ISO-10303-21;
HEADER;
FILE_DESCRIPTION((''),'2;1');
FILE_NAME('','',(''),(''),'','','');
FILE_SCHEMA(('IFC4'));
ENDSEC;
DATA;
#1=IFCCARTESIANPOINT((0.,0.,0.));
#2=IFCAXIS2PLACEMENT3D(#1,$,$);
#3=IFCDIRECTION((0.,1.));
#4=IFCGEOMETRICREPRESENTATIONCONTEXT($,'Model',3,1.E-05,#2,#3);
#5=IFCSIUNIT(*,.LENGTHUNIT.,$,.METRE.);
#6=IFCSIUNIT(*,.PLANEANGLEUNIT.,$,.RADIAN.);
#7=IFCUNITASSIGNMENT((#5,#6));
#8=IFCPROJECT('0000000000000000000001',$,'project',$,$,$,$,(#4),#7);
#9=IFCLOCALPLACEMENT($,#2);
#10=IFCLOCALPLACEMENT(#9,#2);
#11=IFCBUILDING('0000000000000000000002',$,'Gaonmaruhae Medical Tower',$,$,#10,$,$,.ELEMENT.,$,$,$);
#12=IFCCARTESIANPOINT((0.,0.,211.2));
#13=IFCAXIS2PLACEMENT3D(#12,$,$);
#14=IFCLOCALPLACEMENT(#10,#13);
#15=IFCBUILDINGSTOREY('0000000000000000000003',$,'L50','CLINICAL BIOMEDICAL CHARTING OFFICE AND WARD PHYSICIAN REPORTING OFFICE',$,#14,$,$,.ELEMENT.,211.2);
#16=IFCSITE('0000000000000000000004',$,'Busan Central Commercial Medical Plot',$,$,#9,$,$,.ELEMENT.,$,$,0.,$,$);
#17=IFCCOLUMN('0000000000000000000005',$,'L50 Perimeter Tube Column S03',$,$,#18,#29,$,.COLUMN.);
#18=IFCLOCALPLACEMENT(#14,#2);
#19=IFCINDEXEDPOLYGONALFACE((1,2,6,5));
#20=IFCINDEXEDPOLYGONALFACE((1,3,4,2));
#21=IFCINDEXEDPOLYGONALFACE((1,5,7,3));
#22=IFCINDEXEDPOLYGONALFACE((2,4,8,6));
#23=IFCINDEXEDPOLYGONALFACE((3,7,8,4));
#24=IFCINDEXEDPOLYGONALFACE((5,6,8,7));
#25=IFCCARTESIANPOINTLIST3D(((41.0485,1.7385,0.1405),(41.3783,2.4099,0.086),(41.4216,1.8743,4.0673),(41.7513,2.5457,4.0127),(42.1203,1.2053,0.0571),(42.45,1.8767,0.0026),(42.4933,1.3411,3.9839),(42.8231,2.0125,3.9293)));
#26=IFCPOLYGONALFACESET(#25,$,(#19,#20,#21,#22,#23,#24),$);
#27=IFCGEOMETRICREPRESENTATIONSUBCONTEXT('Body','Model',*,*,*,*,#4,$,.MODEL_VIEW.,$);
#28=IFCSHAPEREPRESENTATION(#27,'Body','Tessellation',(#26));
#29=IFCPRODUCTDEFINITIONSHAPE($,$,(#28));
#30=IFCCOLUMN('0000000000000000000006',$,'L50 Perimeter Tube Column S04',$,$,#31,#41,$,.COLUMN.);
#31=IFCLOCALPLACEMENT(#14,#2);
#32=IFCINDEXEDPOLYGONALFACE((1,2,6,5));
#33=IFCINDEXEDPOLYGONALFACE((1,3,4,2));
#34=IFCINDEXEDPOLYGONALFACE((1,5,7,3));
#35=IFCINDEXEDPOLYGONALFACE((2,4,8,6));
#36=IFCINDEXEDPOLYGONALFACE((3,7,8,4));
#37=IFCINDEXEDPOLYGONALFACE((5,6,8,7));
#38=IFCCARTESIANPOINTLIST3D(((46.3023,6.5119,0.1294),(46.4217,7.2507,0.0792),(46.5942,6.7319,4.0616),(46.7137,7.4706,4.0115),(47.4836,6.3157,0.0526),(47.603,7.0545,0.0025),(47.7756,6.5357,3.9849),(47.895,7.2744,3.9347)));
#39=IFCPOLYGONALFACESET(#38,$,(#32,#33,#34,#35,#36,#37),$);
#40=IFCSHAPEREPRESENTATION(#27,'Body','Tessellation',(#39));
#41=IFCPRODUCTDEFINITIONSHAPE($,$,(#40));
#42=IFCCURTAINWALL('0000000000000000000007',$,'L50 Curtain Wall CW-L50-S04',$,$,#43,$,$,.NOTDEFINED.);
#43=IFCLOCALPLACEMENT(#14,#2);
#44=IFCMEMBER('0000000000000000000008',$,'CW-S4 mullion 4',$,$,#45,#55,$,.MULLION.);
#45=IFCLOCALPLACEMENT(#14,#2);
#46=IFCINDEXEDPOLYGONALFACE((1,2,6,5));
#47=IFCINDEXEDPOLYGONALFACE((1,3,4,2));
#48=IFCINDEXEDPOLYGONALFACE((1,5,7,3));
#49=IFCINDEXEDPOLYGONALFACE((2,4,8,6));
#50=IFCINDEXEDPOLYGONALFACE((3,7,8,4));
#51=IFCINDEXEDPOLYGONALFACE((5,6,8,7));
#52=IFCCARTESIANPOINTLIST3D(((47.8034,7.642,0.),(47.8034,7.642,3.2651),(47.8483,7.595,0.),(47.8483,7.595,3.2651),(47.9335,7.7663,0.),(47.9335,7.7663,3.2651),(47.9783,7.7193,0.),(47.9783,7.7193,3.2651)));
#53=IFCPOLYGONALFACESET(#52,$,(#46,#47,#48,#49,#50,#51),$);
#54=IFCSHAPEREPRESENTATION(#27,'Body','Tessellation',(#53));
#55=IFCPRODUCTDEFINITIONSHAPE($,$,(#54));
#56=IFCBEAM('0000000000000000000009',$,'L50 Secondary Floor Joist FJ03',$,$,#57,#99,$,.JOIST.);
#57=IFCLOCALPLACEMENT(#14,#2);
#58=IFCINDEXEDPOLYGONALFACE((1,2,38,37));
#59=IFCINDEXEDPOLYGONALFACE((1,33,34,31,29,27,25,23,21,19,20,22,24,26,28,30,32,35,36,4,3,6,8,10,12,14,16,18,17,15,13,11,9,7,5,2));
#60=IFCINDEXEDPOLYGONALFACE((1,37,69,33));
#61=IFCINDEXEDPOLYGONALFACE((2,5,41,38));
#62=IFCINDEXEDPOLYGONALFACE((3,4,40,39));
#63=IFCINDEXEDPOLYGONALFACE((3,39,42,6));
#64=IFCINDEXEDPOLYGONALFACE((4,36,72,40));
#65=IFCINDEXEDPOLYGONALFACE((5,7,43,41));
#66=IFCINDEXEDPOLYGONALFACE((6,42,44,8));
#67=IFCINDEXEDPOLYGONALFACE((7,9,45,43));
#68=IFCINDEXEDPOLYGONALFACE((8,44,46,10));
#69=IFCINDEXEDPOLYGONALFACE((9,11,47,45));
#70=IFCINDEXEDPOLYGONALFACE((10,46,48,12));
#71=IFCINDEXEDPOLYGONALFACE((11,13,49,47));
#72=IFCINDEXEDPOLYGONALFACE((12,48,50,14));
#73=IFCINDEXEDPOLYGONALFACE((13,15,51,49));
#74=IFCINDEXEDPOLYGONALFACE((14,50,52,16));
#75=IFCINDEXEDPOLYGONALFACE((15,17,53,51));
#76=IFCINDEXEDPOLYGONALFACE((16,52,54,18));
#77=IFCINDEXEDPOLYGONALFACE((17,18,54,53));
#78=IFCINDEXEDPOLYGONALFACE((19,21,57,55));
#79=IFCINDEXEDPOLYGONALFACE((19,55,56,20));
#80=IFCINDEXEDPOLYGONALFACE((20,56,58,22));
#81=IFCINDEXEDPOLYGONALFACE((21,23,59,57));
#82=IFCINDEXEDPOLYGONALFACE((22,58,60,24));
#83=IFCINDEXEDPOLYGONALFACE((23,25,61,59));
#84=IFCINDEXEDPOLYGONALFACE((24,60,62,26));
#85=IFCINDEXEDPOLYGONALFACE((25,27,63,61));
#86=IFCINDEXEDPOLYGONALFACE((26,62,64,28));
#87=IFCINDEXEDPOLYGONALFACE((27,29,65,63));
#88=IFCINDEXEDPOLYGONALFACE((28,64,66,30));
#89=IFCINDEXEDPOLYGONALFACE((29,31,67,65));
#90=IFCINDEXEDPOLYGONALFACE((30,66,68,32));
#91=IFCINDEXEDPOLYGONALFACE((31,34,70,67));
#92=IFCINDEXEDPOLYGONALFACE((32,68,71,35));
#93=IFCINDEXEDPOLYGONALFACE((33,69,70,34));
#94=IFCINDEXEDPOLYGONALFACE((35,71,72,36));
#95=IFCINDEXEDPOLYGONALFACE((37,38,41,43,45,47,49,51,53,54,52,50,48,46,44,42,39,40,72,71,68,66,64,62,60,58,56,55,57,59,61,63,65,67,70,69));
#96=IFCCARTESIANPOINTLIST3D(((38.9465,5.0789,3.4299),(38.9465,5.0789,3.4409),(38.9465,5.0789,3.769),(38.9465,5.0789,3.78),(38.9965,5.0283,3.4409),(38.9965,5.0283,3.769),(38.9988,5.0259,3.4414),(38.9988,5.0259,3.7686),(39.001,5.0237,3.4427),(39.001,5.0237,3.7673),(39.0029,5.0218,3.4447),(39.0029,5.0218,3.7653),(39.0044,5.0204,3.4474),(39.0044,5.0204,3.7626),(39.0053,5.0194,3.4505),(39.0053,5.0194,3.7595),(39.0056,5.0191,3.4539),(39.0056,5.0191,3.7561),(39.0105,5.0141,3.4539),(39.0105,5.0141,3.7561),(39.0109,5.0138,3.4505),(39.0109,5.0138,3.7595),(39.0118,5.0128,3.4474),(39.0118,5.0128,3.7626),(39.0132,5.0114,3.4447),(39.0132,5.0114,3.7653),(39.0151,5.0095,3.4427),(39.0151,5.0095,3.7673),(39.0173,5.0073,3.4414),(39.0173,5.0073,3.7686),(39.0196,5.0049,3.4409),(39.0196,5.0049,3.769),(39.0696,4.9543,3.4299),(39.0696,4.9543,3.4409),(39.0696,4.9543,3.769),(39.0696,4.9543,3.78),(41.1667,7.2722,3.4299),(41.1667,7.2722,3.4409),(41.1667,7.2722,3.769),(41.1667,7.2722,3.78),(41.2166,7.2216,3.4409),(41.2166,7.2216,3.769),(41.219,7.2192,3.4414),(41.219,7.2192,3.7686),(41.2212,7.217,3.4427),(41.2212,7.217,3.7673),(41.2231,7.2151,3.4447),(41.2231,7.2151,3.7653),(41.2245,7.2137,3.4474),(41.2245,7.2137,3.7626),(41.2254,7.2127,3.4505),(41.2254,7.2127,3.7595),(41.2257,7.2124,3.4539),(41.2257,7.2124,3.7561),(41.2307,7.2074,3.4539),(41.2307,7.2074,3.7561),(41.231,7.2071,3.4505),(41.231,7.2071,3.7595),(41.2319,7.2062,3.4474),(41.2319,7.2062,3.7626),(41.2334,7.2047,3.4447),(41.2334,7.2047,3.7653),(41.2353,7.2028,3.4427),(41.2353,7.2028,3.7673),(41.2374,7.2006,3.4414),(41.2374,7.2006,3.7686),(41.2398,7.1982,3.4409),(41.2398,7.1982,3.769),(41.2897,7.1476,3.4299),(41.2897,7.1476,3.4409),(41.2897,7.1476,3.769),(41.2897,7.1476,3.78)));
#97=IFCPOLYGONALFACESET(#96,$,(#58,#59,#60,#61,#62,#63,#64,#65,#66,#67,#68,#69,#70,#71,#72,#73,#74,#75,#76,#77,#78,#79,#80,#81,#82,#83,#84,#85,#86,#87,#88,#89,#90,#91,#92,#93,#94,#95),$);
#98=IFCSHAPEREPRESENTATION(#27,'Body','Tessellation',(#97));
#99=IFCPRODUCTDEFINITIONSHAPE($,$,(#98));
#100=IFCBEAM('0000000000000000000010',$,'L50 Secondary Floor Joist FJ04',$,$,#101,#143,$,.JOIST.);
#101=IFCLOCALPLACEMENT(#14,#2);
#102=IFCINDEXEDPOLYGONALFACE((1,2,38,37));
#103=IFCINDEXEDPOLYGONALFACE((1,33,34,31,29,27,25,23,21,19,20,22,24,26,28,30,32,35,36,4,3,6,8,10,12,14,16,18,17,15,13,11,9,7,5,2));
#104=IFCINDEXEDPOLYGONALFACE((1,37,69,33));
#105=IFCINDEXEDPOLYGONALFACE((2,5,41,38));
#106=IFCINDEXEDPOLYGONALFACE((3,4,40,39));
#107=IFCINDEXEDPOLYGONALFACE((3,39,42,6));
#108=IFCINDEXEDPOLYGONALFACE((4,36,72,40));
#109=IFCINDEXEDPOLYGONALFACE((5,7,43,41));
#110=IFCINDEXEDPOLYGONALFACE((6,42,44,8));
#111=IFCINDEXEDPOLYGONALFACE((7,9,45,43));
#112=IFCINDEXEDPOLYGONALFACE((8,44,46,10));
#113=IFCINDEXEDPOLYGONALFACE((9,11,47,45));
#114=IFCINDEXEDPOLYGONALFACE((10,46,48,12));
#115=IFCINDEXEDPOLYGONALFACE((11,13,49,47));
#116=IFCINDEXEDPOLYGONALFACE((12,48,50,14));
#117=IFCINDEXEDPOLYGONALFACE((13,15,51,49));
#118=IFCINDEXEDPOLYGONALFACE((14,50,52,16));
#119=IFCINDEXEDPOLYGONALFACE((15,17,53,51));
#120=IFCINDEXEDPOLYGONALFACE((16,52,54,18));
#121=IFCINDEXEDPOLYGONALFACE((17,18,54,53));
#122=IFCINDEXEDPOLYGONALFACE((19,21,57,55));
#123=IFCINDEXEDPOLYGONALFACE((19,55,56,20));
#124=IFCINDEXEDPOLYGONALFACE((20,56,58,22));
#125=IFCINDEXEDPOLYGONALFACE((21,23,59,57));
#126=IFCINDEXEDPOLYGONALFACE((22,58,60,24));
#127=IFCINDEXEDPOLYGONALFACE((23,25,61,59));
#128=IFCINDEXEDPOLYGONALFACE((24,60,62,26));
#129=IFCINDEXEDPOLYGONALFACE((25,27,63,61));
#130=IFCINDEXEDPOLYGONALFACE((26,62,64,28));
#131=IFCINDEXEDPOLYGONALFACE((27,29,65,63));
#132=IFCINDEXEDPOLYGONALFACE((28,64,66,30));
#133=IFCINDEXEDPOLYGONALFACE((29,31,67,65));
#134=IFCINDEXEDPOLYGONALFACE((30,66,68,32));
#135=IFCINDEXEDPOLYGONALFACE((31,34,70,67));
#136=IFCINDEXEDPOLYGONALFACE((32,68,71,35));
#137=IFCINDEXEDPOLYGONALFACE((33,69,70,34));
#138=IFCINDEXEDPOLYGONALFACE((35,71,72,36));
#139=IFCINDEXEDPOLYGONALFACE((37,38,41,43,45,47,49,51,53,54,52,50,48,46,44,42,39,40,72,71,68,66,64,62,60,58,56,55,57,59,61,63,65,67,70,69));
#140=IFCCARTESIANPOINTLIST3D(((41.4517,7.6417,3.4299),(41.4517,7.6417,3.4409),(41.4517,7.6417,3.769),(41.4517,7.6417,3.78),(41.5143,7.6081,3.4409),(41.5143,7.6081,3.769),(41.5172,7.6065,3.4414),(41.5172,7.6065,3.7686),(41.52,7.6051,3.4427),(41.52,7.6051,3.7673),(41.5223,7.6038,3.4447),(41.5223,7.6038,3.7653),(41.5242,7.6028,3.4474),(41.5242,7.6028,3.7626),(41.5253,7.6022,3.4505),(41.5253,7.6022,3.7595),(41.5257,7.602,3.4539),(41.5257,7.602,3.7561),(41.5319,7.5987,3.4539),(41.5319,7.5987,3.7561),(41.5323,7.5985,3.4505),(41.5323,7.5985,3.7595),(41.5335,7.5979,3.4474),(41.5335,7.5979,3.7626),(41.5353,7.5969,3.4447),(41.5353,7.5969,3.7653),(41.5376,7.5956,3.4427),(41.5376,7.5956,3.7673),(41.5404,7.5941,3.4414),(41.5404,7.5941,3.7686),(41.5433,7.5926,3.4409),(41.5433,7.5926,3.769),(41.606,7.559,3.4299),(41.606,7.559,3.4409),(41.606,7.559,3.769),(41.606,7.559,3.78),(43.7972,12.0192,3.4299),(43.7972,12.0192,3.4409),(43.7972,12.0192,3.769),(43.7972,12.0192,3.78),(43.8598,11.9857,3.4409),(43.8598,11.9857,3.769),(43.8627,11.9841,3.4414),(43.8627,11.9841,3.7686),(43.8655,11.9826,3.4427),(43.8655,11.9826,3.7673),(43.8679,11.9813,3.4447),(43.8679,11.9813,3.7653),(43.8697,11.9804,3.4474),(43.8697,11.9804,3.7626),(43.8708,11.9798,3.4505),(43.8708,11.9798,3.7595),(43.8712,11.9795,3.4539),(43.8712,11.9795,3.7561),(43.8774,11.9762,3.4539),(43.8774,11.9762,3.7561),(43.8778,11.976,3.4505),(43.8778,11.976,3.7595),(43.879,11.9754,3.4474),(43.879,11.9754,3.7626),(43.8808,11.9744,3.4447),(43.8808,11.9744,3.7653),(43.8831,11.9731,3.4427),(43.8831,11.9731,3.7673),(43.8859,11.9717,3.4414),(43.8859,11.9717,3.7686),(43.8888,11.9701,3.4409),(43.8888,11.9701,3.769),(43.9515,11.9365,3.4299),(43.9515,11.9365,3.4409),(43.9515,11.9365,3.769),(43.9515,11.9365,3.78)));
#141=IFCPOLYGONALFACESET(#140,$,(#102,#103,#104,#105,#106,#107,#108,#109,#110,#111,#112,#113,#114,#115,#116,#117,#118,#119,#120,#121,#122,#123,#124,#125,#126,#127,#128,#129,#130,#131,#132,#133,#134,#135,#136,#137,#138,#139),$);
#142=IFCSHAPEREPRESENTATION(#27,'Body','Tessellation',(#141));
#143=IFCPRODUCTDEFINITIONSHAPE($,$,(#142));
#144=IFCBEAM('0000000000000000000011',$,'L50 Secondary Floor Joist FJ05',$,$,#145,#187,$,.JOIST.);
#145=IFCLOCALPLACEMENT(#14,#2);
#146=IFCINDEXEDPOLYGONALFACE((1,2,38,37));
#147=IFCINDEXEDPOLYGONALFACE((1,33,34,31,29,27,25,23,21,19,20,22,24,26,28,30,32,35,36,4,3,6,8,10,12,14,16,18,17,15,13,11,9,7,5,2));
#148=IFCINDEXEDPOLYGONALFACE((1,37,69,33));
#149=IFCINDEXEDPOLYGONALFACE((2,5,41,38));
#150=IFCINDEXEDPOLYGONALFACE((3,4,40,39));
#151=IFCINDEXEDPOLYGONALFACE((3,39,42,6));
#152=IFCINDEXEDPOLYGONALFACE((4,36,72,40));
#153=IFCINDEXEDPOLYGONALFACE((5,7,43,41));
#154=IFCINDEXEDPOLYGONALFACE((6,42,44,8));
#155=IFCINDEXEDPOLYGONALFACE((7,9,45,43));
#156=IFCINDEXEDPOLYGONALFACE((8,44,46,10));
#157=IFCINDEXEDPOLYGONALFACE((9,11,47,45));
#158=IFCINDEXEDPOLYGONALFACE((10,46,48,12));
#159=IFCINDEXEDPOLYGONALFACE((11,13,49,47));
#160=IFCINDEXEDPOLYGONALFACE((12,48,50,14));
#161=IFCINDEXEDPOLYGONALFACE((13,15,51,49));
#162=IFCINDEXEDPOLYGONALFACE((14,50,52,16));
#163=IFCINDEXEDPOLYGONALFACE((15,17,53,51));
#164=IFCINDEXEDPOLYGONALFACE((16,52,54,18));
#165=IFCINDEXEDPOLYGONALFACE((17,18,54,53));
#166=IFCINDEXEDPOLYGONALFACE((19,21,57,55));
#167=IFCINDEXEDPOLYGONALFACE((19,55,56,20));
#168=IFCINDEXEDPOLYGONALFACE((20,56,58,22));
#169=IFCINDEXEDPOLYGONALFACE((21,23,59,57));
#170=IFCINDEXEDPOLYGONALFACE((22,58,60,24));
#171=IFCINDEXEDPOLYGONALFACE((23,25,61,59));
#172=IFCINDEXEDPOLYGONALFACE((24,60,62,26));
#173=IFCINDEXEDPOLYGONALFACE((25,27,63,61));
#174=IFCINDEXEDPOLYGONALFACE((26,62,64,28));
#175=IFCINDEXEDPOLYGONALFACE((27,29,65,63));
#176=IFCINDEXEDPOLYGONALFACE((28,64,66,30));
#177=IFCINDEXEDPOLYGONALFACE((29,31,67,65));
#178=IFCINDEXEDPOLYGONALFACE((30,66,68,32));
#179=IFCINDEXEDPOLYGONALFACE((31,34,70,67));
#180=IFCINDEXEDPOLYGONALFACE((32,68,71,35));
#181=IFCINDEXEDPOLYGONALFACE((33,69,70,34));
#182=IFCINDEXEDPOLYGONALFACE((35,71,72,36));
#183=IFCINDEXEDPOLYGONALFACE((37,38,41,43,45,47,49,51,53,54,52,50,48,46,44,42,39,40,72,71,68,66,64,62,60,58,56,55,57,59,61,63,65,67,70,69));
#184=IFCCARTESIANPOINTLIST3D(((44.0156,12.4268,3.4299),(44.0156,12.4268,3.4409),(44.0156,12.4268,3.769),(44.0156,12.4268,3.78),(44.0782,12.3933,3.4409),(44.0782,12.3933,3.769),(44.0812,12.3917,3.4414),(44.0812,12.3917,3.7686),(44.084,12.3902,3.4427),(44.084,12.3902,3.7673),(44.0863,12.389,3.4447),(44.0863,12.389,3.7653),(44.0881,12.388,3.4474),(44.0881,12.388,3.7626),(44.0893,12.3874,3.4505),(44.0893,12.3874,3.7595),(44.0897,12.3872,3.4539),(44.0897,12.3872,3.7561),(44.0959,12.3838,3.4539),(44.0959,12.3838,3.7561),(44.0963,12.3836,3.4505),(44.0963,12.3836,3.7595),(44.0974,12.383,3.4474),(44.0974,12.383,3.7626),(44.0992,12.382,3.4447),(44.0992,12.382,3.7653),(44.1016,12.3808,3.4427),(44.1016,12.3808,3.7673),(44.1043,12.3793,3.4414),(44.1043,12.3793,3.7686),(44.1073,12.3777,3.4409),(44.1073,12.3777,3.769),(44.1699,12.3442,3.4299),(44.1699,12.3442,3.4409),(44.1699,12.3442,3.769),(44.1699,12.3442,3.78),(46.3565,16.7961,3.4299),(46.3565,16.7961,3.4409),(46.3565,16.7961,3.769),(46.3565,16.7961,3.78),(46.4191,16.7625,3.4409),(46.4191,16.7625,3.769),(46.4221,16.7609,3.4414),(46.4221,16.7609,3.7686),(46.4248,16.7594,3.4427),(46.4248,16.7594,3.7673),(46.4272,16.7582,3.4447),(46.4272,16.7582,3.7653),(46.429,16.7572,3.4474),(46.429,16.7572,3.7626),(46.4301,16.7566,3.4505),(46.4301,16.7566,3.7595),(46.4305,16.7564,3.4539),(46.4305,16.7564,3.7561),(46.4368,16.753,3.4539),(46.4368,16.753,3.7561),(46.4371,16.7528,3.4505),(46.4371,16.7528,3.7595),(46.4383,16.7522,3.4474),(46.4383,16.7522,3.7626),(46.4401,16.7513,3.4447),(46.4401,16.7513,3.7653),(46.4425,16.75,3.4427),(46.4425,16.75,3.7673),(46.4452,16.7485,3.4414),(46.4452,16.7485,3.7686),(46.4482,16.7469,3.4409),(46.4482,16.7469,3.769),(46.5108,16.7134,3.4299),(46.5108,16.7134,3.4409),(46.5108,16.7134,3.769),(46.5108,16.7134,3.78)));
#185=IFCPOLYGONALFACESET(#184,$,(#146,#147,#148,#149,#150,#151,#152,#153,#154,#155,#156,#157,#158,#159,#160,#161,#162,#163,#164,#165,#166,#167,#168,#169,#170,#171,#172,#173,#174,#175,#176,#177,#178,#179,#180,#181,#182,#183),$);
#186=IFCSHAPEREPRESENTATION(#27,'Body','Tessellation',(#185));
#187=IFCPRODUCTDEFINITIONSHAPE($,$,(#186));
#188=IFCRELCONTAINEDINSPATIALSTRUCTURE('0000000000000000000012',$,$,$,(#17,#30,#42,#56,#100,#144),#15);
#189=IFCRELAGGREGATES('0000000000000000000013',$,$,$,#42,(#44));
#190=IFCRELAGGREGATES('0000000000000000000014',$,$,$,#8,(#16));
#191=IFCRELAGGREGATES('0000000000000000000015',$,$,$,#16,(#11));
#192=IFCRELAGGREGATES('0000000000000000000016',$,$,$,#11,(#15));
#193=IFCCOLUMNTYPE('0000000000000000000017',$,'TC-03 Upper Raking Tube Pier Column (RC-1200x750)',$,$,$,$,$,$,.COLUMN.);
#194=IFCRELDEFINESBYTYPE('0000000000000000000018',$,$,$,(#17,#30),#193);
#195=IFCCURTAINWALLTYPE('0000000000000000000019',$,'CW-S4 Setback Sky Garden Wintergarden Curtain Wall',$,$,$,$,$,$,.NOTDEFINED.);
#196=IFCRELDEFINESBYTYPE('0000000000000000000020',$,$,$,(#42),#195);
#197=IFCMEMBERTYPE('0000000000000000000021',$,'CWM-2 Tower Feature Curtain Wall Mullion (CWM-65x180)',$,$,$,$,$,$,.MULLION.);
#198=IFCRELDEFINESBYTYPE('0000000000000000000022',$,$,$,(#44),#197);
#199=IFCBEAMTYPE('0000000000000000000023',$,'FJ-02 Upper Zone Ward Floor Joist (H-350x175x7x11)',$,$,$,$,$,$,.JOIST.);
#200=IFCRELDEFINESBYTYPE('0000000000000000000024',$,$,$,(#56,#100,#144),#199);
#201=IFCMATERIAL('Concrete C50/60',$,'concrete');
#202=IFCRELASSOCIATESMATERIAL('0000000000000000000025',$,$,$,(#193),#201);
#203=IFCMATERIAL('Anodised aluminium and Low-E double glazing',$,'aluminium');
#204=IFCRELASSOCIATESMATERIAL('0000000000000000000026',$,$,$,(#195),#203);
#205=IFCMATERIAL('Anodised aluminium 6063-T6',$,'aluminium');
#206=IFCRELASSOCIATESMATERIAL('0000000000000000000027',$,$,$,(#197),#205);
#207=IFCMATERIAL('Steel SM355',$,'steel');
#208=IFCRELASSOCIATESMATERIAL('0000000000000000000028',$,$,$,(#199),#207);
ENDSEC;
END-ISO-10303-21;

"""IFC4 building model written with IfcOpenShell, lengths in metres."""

from ifc_helpers import new_model, si_unit, direction, frame, origin, origin_2d, place, context, subcontext, project, spatial, rectangle, i_section, extrude, material, material_profile, profile_set, type_object, element, aggregate, save


model = new_model("IFC4")

# Units and contexts
model_context = context("Model", 3, precision=1e-05, world=origin(), true_north=direction((0.0, 1.0)))
body_context = subcontext(model_context, "Body", "Model", "MODEL_VIEW")
ifc_project = project(units=[si_unit("LENGTHUNIT", "METRE"), si_unit("PLANEANGLEUNIT", "RADIAN")], contexts=[model_context])

# Site, building, storey
site_placement = place(None, origin())
site = spatial("IfcSite", under=ifc_project, at=site_placement, Name="Busan Central Commercial Medical Plot", CompositionType="ELEMENT", RefElevation=0.0)
building_placement = place(site_placement, origin())
building = spatial("IfcBuilding", under=site, at=building_placement, Name="Gaonmaruhae Medical Tower", CompositionType="ELEMENT")
storey_placement = place(building_placement, frame((0.0, 0.0, 211.2)))
storey = spatial("IfcBuildingStorey", under=building, at=storey_placement, Name="L50", Description="CLINICAL BIOMEDICAL CHARTING OFFICE AND WARD PHYSICIAN REPORTING OFFICE", CompositionType="ELEMENT", Elevation=211.2)

# Columns
ifc_material_1 = material(Name="Concrete C50/60", Category="concrete")
ifc_material_profile_1 = material_profile(ifc_material_1, rectangle(XDim=1.2, YDim=0.75, at=origin_2d()), Name="RC-1200x750")
ifc_profile_set_1 = profile_set([ifc_material_profile_1], Name="Concrete C50/60")
column_type = type_object("IfcColumnType", Name="TC-03 Upper Raking Tube Pier Column (RC-1200x750)", PredefinedType="COLUMN", material=ifc_profile_set_1)
column_1_placement = place(storey_placement, frame((41.7493, 1.8076, 0.0715), z_axis=(0.094519, 0.034393, 0.994929), x_axis=(-0.893156, 0.444345, 0.069491)))
element("IfcColumn", 1, at=column_1_placement, inside=storey, type_object=column_type, Name="L50 Perimeter Tube Column S03", PredefinedType="COLUMN", context=body_context, shape_type="SweptSolid", body=[
    extrude(rectangle(XDim=1.2, YDim=0.75, at=origin_2d()), origin(), (0.0, 0.0, 1.0), 3.9468),
])
column_2_placement = place(storey_placement, frame((46.9526, 6.7832, 0.0659), z_axis=(0.073935, 0.055698, 0.995706), x_axis=(-0.984465, 0.163521, 0.063953)))
element("IfcColumn", 2, at=column_2_placement, inside=storey, type_object=column_type, Name="L50 Perimeter Tube Column S04", PredefinedType="COLUMN", context=body_context, shape_type="SweptSolid", body=[
    extrude(rectangle(XDim=1.2, YDim=0.75, at=origin_2d()), origin(), (0.0, 0.0, 1.0), 3.9492),
])

# Curtain wall, member
ifc_material_2 = material(Name="Anodised aluminium and Low-E double glazing", Category="aluminium")
curtain_wall_type = type_object("IfcCurtainWallType", Name="CW-S4 Setback Sky Garden Wintergarden Curtain Wall", PredefinedType="NOTDEFINED", material=ifc_material_2)
curtain_wall_placement = place(storey_placement, origin())
curtain_wall = element("IfcCurtainWall", 3, at=curtain_wall_placement, inside=storey, type_object=curtain_wall_type, Name="L50 Curtain Wall CW-L50-S04", PredefinedType="NOTDEFINED")
ifc_material_3 = material(Name="Anodised aluminium 6063-T6", Category="aluminium")
ifc_material_profile_2 = material_profile(ifc_material_3, rectangle(XDim=0.0649, YDim=0.1799, at=origin_2d()), Name="CWM-65x180")
ifc_profile_set_2 = profile_set([ifc_material_profile_2], Name="Anodised aluminium 6063-T6")
member_type_1 = type_object("IfcMemberType", Name="CWM-2 Tower Feature Curtain Wall Mullion (CWM-65x180)", PredefinedType="MULLION", material=ifc_profile_set_2)
member_1_placement = place(storey_placement, frame((47.8909, 7.6807, 0.0), z_axis=(0.0, 0.0, 1.0), x_axis=(0.690886, -0.722964, 0.0)))
member_1 = element("IfcMember", 4, at=member_1_placement, type_object=member_type_1, Name="CW-S4 mullion 4", PredefinedType="MULLION", context=body_context, shape_type="SweptSolid", body=[
    extrude(rectangle(XDim=0.0649, YDim=0.1799, at=origin_2d()), origin(), (0.0, 0.0, 1.0), 3.2651),
])
aggregate(curtain_wall, [member_1])

# Beams
ifc_material_4 = material(Name="Steel SM355", Category="steel")
ifc_material_profile_3 = material_profile(ifc_material_4, i_section(OverallWidth=0.175, OverallDepth=0.3501, WebThickness=0.0071, FlangeThickness=0.011, FilletRadius=0.0129, at=origin_2d()), Name="H-350x175x7x11")
ifc_profile_set_3 = profile_set([ifc_material_profile_3], Name="Steel SM355")
beam_type_1 = type_object("IfcBeamType", Name="FJ-02 Upper Zone Ward Floor Joist (H-350x175x7x11)", PredefinedType="JOIST", material=ifc_profile_set_3)
beam_1_placement = place(storey_placement, frame((39.0081, 5.0166, 3.605), z_axis=(0.711396, 0.702791, 0.0), x_axis=(-0.702791, 0.711396, 0.0)))
element("IfcBeam", 5, at=beam_1_placement, inside=storey, type_object=beam_type_1, Name="L50 Secondary Floor Joist FJ03", PredefinedType="JOIST", context=body_context, shape_type="SweptSolid", body=[
    extrude(i_section(OverallWidth=0.175, OverallDepth=0.3501, WebThickness=0.0071, FlangeThickness=0.011, FilletRadius=0.0129, at=origin_2d()), origin(), (0.0, 0.0, 1.0), 3.1208),
])
beam_2_placement = place(storey_placement, frame((41.5288, 7.6003, 3.605), z_axis=(0.472284, 0.881446, 0.0), x_axis=(-0.881446, 0.472284, 0.0)))
element("IfcBeam", 6, at=beam_2_placement, inside=storey, type_object=beam_type_1, Name="L50 Secondary Floor Joist FJ04", PredefinedType="JOIST", context=body_context, shape_type="SweptSolid", body=[
    extrude(i_section(OverallWidth=0.175, OverallDepth=0.3501, WebThickness=0.0071, FlangeThickness=0.011, FilletRadius=0.0129, at=origin_2d()), origin(), (0.0, 0.0, 1.0), 4.9663),
])
beam_3_placement = place(storey_placement, frame((44.0928, 12.3855, 3.605), z_axis=(0.472254, 0.881462, 0.0), x_axis=(-0.881462, 0.472254, 0.0)))
element("IfcBeam", 7, at=beam_3_placement, inside=storey, type_object=beam_type_1, Name="L50 Secondary Floor Joist FJ05", PredefinedType="JOIST", context=body_context, shape_type="SweptSolid", body=[
    extrude(i_section(OverallWidth=0.175, OverallDepth=0.3501, WebThickness=0.0071, FlangeThickness=0.011, FilletRadius=0.0129, at=origin_2d()), origin(), (0.0, 0.0, 1.0), 4.9568),
])

save(model, "model.ifc")
